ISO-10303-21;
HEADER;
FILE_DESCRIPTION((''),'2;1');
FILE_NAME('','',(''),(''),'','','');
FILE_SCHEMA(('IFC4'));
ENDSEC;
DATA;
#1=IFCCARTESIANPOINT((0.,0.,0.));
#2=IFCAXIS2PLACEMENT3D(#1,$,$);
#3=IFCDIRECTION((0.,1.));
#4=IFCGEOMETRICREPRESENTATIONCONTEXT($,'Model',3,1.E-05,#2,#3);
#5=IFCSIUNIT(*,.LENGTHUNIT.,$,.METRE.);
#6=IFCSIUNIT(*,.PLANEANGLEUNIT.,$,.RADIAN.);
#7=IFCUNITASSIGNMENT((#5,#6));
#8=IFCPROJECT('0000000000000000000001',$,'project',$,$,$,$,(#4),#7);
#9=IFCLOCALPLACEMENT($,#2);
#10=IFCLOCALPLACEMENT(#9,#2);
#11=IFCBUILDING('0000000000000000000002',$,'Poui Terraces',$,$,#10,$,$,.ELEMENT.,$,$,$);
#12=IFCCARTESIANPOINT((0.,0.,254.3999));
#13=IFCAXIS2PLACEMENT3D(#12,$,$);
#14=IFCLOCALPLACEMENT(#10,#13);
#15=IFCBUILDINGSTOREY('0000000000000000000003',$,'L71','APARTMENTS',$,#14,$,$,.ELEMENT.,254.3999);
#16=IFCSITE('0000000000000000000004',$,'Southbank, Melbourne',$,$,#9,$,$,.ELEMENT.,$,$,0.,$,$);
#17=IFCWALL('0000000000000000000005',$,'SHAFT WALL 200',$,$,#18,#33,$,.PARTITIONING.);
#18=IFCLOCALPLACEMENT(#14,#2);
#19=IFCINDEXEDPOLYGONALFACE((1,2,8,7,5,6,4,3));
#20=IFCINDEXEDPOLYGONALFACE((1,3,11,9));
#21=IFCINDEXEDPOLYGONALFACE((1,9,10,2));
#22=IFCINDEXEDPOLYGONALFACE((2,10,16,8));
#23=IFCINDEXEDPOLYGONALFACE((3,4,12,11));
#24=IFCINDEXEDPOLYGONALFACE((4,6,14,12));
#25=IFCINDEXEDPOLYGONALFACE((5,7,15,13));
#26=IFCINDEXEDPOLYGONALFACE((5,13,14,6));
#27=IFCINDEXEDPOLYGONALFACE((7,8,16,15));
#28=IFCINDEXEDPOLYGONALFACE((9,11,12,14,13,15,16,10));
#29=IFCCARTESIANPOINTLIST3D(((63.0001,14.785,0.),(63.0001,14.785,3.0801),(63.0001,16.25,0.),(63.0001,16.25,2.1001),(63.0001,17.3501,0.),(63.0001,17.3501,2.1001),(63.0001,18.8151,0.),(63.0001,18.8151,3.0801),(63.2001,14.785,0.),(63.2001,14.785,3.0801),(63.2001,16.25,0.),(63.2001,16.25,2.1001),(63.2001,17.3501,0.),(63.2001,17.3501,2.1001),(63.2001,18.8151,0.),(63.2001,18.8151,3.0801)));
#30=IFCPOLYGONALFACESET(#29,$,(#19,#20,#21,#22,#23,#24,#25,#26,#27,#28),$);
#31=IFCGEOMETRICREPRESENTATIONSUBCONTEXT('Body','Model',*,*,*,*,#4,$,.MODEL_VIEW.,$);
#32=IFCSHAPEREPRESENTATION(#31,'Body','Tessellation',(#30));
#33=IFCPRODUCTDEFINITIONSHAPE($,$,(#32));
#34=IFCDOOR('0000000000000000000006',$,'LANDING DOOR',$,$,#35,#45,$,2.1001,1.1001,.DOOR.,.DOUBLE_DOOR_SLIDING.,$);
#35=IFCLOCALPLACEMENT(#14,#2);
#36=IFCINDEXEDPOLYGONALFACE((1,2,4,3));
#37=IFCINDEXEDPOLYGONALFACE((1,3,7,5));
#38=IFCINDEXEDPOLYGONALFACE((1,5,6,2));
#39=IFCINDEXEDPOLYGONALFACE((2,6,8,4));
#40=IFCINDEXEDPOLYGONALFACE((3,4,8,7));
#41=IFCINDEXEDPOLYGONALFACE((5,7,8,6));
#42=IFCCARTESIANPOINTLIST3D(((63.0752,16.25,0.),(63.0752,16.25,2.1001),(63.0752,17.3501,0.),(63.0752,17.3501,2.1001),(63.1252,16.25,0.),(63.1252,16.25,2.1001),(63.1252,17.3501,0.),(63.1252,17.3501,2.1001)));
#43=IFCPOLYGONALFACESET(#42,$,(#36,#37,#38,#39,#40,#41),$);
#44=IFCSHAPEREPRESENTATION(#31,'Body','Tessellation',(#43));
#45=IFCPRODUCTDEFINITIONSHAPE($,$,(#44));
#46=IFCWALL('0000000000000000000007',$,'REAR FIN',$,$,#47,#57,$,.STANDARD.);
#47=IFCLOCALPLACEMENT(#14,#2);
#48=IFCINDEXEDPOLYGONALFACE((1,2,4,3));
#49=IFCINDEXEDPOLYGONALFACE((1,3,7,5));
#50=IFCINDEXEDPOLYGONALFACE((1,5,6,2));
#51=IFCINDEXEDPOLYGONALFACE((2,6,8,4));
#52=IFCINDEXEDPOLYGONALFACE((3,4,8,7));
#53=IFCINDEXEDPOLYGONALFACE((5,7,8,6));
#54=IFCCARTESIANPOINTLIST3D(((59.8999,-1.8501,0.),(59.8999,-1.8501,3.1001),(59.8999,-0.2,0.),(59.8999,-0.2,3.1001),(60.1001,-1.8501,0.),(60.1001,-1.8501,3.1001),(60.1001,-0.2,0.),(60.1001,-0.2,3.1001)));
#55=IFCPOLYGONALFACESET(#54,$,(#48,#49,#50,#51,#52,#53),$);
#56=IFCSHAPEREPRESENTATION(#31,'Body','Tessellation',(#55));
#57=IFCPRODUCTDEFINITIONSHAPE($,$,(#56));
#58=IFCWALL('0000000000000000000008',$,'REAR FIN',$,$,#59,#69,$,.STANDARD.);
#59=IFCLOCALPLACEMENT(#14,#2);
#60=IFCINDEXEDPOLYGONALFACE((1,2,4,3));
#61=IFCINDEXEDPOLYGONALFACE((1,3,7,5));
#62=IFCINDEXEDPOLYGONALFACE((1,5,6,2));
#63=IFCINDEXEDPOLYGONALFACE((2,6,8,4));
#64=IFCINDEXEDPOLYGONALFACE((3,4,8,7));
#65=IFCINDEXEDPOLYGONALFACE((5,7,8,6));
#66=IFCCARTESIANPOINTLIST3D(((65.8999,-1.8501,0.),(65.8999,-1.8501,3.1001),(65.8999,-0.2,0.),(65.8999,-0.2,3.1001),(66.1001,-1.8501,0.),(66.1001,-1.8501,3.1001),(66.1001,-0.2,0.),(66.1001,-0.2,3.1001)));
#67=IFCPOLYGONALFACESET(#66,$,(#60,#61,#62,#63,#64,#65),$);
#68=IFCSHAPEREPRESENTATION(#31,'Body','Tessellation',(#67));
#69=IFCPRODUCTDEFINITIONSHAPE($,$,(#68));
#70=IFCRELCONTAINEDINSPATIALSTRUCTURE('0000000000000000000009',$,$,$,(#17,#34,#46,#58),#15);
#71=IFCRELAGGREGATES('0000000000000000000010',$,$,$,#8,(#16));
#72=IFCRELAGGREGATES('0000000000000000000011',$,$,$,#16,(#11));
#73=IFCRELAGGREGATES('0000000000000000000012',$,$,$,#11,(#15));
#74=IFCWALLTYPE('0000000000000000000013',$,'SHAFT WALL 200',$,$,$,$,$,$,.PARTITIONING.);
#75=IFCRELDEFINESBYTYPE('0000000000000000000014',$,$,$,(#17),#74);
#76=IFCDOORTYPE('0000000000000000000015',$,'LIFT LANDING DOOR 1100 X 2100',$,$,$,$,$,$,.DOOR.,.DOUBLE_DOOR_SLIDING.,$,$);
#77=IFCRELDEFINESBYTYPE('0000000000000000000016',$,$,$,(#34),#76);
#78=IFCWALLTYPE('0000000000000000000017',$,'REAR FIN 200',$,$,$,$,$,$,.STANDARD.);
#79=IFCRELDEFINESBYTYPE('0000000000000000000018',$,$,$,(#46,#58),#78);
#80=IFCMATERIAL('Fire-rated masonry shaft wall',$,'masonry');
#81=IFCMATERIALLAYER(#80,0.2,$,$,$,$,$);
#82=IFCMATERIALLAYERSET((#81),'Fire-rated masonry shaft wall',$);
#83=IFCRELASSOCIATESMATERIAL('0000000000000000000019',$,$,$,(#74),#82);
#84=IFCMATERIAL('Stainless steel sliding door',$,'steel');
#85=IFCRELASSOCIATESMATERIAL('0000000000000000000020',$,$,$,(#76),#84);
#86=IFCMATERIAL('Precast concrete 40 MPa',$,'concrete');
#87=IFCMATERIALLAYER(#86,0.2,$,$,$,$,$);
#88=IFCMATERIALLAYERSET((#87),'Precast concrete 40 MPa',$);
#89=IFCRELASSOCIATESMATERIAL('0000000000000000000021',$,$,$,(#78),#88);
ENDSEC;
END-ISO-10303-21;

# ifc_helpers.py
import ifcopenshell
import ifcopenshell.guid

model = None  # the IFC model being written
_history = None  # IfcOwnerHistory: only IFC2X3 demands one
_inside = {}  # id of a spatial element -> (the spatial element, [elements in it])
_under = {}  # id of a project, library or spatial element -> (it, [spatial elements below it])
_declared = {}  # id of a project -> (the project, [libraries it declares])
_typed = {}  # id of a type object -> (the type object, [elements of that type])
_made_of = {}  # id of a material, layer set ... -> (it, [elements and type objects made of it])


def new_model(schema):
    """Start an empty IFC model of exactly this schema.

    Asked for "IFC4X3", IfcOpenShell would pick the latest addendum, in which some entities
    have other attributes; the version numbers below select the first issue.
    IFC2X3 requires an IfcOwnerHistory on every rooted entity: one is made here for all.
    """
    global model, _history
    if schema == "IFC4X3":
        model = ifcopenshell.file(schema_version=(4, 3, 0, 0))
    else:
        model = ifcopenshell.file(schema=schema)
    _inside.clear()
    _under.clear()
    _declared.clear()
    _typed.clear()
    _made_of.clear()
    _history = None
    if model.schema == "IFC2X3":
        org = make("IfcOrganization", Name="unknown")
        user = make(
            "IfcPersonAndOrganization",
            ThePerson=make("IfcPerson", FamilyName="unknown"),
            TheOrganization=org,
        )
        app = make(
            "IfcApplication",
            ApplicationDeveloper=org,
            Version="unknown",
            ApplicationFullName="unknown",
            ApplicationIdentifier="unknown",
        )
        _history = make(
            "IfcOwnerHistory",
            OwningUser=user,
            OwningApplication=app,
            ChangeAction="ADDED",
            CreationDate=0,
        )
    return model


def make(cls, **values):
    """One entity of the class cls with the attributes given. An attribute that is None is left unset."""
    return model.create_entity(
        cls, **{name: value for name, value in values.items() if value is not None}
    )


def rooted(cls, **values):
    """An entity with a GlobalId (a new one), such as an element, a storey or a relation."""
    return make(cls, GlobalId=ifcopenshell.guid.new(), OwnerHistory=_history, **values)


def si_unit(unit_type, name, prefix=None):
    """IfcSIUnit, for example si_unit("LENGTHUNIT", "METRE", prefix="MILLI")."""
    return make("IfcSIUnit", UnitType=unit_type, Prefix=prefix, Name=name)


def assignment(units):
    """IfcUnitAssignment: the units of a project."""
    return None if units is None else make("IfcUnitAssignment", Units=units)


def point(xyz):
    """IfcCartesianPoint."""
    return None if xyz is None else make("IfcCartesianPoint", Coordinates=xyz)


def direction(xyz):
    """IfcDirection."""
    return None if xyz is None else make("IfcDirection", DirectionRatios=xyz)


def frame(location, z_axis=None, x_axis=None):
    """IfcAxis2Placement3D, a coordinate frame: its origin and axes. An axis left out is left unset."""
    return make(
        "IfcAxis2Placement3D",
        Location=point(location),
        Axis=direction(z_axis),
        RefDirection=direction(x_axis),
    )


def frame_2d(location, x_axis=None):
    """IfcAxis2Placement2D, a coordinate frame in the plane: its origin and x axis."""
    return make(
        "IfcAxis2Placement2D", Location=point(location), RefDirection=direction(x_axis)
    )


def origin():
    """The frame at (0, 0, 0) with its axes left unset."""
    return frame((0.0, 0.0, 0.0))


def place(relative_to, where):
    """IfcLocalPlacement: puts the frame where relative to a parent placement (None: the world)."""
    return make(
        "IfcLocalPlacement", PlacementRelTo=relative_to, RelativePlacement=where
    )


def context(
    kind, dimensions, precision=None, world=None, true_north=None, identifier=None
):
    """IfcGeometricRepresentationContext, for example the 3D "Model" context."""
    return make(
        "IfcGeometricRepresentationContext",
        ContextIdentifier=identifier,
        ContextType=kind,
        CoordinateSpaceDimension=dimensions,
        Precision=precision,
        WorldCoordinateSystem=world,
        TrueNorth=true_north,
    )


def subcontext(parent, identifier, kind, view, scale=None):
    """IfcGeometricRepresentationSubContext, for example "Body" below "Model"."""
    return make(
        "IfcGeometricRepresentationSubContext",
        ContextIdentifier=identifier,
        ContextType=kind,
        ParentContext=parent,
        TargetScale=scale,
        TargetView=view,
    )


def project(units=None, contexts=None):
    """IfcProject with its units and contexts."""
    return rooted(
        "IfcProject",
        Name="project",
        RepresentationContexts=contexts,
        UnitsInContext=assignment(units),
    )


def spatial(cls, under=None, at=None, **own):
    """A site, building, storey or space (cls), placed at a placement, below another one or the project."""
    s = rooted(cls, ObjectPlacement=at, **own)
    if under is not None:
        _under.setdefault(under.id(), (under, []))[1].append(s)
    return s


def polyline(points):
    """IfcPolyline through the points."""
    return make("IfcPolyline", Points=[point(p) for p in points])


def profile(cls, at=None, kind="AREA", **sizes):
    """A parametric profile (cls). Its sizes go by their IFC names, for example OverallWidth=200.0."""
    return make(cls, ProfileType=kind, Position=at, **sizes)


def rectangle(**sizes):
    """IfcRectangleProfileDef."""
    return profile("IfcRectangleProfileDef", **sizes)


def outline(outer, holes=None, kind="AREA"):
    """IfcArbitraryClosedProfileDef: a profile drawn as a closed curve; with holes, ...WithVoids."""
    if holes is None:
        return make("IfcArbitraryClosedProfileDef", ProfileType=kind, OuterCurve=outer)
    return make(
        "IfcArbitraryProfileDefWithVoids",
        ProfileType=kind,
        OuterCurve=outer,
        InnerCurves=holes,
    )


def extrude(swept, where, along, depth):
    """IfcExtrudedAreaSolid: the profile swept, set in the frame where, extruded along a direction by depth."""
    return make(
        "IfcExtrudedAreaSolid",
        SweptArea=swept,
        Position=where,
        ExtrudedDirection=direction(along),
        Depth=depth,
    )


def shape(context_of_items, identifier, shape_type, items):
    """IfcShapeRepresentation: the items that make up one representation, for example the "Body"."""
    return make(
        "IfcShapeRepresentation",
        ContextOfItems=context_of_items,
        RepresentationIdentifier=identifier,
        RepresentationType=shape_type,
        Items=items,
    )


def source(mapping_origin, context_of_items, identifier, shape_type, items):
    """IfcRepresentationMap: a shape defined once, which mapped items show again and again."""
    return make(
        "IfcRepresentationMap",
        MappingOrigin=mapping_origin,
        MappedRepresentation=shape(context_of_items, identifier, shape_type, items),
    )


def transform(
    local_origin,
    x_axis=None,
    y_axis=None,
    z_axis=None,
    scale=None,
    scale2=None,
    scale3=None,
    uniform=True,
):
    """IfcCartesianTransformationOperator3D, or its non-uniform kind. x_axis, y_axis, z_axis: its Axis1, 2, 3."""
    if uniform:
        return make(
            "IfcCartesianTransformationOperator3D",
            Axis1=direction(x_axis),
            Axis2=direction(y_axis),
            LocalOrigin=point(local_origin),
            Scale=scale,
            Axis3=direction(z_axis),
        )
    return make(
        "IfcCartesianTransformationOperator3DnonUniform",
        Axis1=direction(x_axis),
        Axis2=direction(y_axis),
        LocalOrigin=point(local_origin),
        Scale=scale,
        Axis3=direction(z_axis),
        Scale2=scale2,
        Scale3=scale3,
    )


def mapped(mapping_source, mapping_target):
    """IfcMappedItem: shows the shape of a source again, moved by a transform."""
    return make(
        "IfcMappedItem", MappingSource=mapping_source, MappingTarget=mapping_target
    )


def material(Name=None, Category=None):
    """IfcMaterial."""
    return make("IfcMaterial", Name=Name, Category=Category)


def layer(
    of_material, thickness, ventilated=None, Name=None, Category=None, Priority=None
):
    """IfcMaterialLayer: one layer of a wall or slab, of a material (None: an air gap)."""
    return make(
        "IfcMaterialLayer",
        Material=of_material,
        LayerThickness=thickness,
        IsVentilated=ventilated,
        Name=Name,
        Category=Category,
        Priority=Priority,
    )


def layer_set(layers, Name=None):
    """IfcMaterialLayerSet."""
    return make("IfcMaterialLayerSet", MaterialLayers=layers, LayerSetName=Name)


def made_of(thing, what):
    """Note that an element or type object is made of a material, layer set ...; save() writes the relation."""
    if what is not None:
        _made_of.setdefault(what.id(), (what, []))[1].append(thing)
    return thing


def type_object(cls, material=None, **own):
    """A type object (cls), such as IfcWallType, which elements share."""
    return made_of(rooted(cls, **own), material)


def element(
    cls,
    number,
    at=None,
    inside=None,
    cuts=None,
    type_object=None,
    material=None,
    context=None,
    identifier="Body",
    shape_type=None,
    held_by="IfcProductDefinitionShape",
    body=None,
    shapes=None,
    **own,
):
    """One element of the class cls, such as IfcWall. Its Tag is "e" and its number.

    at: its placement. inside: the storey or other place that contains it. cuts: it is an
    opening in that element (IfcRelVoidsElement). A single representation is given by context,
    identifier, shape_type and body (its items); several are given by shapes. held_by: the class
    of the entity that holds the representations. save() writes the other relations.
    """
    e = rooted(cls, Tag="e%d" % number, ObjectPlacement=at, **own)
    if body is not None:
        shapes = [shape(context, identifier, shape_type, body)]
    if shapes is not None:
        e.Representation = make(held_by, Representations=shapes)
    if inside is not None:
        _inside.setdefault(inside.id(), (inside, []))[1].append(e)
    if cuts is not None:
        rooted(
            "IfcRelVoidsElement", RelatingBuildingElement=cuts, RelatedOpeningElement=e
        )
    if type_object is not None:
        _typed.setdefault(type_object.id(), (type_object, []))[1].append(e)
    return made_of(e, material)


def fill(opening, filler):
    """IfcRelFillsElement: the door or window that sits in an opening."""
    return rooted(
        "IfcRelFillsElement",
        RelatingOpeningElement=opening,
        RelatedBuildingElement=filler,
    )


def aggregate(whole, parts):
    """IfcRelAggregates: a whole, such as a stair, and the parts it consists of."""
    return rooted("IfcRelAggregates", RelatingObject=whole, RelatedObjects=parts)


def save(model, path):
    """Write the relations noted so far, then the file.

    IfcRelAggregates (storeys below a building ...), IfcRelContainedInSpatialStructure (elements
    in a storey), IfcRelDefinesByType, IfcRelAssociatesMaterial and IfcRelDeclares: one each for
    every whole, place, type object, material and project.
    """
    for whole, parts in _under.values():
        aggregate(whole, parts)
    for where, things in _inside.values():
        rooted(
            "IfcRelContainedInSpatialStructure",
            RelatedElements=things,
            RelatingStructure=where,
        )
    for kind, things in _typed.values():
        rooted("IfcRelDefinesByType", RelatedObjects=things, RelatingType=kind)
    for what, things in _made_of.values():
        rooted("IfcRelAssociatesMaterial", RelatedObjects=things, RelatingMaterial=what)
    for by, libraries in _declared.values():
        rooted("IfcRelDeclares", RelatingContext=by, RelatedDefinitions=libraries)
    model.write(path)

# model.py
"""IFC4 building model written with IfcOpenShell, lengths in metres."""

from ifc_helpers import new_model, si_unit, direction, frame, frame_2d, origin, place, context, subcontext, project, spatial, polyline, rectangle, outline, extrude, source, transform, mapped, material, layer, layer_set, type_object, element, fill, save


model = new_model("IFC4")

# Units and contexts
model_context = context("Model", 3, precision=1e-05, world=origin(), true_north=direction((0.0, 1.0)))
body_context = subcontext(model_context, "Body", "Model", "MODEL_VIEW")
ifc_project = project(units=[si_unit("LENGTHUNIT", "METRE"), si_unit("PLANEANGLEUNIT", "RADIAN")], contexts=[model_context])

# Site, building, storey
site_placement = place(None, origin())
site = spatial("IfcSite", under=ifc_project, at=site_placement, Name="Southbank, Melbourne", CompositionType="ELEMENT", RefElevation=0.0)
building_placement = place(site_placement, origin())
building = spatial("IfcBuilding", under=site, at=building_placement, Name="Poui Terraces", CompositionType="ELEMENT")
storey_placement = place(building_placement, frame((0.0, 0.0, 254.3999)))
storey = spatial("IfcBuildingStorey", under=building, at=storey_placement, Name="L71", Description="APARTMENTS", CompositionType="ELEMENT", Elevation=254.3999)

# Shared definitions
ifc_material_1 = material(Name="Precast concrete 40 MPa", Category="concrete")

# Shared definitions
ifc_material_2 = material(Name="Fire-rated masonry shaft wall", Category="masonry")
ifc_layer_1 = layer(ifc_material_2, 0.2)
ifc_layer_set_1 = layer_set([ifc_layer_1], Name="Fire-rated masonry shaft wall")
wall_type_1 = type_object("IfcWallType", Name="SHAFT WALL 200", PredefinedType="PARTITIONING", material=ifc_layer_set_1)

# Wall, opening, door
wall_1_placement = place(storey_placement, frame((63.1001, 14.7849, 0.0), z_axis=(0.0, 0.0, 1.0), x_axis=(0.0, 1.0, 0.0)))
wall_1 = element("IfcWall", 1, at=wall_1_placement, inside=storey, type_object=wall_type_1, Name="SHAFT WALL 200", PredefinedType="PARTITIONING", context=body_context, shape_type="SweptSolid", body=[
    extrude(rectangle(XDim=4.03, YDim=0.2, at=frame_2d((2.0151, 0.0))), origin(), (0.0, 0.0, 1.0), 3.0801),
])
opening_1_placement = place(wall_1_placement, frame((1.4651, 0.0, 0.0)))
opening_1 = element("IfcOpeningElement", 2, at=opening_1_placement, cuts=wall_1, PredefinedType="OPENING", context=body_context, shape_type="SweptSolid", body=[
    extrude(rectangle(XDim=1.1001, YDim=2.1001, at=frame_2d((0.55, 1.05))), frame((0.0, 0.1099, 0.0), z_axis=(0.0, -1.0, 0.0), x_axis=(1.0, 0.0, 0.0)), (0.0, 0.0, 1.0), 0.22),
])
ifc_material_3 = material(Name="Stainless steel sliding door", Category="steel")
door_type_1 = type_object("IfcDoorType", Name="LIFT LANDING DOOR 1100 X 2100", OperationType="DOUBLE_DOOR_SLIDING", PredefinedType="DOOR", material=ifc_material_3)
door_1_placement = place(opening_1_placement, origin())
door_1 = element("IfcDoor", 3, at=door_1_placement, inside=storey, type_object=door_type_1, Name="LANDING DOOR", OperationType="DOUBLE_DOOR_SLIDING", OverallHeight=2.1001, OverallWidth=1.1001, PredefinedType="DOOR", context=body_context, shape_type="SweptSolid", body=[
    extrude(rectangle(XDim=1.1001, YDim=2.1001, at=frame_2d((0.55, 1.05))), frame((0.0, 0.0249, 0.0), z_axis=(0.0, -1.0, 0.0), x_axis=(1.0, 0.0, 0.0)), (0.0, 0.0, 1.0), 0.05),
])
fill(opening_1, door_1)

# Walls
ifc_layer_2 = layer(ifc_material_1, 0.2)
ifc_layer_set_2 = layer_set([ifc_layer_2], Name="Precast concrete 40 MPa")
wall_type_2 = type_object("IfcWallType", Name="REAR FIN 200", PredefinedType="STANDARD", material=ifc_layer_set_2)
shared_shape_1 = source(origin(), body_context, "Body", "SweptSolid", [
    extrude(outline(polyline([(0.0, 0.0), (0.2002, 0.0), (0.2002, 1.6501), (0.0, 1.6501), (0.0, 0.0)])), origin(), (0.0, 0.0, 1.0), 3.1001),
])
for number, where, name in (
    (4, (59.8999, -1.8501, 0.0), "REAR FIN"),
    (5, (65.8999, -1.8501, 0.0), "REAR FIN"),
):
    element("IfcWall", number, at=place(storey_placement, frame(where)), inside=storey, type_object=wall_type_2, Name=name, PredefinedType="STANDARD", context=body_context, shape_type="MappedRepresentation", body=[
        mapped(shared_shape_1, transform((0.0, 0.0, 0.0))),
    ])

save(model, "model.ifc")
